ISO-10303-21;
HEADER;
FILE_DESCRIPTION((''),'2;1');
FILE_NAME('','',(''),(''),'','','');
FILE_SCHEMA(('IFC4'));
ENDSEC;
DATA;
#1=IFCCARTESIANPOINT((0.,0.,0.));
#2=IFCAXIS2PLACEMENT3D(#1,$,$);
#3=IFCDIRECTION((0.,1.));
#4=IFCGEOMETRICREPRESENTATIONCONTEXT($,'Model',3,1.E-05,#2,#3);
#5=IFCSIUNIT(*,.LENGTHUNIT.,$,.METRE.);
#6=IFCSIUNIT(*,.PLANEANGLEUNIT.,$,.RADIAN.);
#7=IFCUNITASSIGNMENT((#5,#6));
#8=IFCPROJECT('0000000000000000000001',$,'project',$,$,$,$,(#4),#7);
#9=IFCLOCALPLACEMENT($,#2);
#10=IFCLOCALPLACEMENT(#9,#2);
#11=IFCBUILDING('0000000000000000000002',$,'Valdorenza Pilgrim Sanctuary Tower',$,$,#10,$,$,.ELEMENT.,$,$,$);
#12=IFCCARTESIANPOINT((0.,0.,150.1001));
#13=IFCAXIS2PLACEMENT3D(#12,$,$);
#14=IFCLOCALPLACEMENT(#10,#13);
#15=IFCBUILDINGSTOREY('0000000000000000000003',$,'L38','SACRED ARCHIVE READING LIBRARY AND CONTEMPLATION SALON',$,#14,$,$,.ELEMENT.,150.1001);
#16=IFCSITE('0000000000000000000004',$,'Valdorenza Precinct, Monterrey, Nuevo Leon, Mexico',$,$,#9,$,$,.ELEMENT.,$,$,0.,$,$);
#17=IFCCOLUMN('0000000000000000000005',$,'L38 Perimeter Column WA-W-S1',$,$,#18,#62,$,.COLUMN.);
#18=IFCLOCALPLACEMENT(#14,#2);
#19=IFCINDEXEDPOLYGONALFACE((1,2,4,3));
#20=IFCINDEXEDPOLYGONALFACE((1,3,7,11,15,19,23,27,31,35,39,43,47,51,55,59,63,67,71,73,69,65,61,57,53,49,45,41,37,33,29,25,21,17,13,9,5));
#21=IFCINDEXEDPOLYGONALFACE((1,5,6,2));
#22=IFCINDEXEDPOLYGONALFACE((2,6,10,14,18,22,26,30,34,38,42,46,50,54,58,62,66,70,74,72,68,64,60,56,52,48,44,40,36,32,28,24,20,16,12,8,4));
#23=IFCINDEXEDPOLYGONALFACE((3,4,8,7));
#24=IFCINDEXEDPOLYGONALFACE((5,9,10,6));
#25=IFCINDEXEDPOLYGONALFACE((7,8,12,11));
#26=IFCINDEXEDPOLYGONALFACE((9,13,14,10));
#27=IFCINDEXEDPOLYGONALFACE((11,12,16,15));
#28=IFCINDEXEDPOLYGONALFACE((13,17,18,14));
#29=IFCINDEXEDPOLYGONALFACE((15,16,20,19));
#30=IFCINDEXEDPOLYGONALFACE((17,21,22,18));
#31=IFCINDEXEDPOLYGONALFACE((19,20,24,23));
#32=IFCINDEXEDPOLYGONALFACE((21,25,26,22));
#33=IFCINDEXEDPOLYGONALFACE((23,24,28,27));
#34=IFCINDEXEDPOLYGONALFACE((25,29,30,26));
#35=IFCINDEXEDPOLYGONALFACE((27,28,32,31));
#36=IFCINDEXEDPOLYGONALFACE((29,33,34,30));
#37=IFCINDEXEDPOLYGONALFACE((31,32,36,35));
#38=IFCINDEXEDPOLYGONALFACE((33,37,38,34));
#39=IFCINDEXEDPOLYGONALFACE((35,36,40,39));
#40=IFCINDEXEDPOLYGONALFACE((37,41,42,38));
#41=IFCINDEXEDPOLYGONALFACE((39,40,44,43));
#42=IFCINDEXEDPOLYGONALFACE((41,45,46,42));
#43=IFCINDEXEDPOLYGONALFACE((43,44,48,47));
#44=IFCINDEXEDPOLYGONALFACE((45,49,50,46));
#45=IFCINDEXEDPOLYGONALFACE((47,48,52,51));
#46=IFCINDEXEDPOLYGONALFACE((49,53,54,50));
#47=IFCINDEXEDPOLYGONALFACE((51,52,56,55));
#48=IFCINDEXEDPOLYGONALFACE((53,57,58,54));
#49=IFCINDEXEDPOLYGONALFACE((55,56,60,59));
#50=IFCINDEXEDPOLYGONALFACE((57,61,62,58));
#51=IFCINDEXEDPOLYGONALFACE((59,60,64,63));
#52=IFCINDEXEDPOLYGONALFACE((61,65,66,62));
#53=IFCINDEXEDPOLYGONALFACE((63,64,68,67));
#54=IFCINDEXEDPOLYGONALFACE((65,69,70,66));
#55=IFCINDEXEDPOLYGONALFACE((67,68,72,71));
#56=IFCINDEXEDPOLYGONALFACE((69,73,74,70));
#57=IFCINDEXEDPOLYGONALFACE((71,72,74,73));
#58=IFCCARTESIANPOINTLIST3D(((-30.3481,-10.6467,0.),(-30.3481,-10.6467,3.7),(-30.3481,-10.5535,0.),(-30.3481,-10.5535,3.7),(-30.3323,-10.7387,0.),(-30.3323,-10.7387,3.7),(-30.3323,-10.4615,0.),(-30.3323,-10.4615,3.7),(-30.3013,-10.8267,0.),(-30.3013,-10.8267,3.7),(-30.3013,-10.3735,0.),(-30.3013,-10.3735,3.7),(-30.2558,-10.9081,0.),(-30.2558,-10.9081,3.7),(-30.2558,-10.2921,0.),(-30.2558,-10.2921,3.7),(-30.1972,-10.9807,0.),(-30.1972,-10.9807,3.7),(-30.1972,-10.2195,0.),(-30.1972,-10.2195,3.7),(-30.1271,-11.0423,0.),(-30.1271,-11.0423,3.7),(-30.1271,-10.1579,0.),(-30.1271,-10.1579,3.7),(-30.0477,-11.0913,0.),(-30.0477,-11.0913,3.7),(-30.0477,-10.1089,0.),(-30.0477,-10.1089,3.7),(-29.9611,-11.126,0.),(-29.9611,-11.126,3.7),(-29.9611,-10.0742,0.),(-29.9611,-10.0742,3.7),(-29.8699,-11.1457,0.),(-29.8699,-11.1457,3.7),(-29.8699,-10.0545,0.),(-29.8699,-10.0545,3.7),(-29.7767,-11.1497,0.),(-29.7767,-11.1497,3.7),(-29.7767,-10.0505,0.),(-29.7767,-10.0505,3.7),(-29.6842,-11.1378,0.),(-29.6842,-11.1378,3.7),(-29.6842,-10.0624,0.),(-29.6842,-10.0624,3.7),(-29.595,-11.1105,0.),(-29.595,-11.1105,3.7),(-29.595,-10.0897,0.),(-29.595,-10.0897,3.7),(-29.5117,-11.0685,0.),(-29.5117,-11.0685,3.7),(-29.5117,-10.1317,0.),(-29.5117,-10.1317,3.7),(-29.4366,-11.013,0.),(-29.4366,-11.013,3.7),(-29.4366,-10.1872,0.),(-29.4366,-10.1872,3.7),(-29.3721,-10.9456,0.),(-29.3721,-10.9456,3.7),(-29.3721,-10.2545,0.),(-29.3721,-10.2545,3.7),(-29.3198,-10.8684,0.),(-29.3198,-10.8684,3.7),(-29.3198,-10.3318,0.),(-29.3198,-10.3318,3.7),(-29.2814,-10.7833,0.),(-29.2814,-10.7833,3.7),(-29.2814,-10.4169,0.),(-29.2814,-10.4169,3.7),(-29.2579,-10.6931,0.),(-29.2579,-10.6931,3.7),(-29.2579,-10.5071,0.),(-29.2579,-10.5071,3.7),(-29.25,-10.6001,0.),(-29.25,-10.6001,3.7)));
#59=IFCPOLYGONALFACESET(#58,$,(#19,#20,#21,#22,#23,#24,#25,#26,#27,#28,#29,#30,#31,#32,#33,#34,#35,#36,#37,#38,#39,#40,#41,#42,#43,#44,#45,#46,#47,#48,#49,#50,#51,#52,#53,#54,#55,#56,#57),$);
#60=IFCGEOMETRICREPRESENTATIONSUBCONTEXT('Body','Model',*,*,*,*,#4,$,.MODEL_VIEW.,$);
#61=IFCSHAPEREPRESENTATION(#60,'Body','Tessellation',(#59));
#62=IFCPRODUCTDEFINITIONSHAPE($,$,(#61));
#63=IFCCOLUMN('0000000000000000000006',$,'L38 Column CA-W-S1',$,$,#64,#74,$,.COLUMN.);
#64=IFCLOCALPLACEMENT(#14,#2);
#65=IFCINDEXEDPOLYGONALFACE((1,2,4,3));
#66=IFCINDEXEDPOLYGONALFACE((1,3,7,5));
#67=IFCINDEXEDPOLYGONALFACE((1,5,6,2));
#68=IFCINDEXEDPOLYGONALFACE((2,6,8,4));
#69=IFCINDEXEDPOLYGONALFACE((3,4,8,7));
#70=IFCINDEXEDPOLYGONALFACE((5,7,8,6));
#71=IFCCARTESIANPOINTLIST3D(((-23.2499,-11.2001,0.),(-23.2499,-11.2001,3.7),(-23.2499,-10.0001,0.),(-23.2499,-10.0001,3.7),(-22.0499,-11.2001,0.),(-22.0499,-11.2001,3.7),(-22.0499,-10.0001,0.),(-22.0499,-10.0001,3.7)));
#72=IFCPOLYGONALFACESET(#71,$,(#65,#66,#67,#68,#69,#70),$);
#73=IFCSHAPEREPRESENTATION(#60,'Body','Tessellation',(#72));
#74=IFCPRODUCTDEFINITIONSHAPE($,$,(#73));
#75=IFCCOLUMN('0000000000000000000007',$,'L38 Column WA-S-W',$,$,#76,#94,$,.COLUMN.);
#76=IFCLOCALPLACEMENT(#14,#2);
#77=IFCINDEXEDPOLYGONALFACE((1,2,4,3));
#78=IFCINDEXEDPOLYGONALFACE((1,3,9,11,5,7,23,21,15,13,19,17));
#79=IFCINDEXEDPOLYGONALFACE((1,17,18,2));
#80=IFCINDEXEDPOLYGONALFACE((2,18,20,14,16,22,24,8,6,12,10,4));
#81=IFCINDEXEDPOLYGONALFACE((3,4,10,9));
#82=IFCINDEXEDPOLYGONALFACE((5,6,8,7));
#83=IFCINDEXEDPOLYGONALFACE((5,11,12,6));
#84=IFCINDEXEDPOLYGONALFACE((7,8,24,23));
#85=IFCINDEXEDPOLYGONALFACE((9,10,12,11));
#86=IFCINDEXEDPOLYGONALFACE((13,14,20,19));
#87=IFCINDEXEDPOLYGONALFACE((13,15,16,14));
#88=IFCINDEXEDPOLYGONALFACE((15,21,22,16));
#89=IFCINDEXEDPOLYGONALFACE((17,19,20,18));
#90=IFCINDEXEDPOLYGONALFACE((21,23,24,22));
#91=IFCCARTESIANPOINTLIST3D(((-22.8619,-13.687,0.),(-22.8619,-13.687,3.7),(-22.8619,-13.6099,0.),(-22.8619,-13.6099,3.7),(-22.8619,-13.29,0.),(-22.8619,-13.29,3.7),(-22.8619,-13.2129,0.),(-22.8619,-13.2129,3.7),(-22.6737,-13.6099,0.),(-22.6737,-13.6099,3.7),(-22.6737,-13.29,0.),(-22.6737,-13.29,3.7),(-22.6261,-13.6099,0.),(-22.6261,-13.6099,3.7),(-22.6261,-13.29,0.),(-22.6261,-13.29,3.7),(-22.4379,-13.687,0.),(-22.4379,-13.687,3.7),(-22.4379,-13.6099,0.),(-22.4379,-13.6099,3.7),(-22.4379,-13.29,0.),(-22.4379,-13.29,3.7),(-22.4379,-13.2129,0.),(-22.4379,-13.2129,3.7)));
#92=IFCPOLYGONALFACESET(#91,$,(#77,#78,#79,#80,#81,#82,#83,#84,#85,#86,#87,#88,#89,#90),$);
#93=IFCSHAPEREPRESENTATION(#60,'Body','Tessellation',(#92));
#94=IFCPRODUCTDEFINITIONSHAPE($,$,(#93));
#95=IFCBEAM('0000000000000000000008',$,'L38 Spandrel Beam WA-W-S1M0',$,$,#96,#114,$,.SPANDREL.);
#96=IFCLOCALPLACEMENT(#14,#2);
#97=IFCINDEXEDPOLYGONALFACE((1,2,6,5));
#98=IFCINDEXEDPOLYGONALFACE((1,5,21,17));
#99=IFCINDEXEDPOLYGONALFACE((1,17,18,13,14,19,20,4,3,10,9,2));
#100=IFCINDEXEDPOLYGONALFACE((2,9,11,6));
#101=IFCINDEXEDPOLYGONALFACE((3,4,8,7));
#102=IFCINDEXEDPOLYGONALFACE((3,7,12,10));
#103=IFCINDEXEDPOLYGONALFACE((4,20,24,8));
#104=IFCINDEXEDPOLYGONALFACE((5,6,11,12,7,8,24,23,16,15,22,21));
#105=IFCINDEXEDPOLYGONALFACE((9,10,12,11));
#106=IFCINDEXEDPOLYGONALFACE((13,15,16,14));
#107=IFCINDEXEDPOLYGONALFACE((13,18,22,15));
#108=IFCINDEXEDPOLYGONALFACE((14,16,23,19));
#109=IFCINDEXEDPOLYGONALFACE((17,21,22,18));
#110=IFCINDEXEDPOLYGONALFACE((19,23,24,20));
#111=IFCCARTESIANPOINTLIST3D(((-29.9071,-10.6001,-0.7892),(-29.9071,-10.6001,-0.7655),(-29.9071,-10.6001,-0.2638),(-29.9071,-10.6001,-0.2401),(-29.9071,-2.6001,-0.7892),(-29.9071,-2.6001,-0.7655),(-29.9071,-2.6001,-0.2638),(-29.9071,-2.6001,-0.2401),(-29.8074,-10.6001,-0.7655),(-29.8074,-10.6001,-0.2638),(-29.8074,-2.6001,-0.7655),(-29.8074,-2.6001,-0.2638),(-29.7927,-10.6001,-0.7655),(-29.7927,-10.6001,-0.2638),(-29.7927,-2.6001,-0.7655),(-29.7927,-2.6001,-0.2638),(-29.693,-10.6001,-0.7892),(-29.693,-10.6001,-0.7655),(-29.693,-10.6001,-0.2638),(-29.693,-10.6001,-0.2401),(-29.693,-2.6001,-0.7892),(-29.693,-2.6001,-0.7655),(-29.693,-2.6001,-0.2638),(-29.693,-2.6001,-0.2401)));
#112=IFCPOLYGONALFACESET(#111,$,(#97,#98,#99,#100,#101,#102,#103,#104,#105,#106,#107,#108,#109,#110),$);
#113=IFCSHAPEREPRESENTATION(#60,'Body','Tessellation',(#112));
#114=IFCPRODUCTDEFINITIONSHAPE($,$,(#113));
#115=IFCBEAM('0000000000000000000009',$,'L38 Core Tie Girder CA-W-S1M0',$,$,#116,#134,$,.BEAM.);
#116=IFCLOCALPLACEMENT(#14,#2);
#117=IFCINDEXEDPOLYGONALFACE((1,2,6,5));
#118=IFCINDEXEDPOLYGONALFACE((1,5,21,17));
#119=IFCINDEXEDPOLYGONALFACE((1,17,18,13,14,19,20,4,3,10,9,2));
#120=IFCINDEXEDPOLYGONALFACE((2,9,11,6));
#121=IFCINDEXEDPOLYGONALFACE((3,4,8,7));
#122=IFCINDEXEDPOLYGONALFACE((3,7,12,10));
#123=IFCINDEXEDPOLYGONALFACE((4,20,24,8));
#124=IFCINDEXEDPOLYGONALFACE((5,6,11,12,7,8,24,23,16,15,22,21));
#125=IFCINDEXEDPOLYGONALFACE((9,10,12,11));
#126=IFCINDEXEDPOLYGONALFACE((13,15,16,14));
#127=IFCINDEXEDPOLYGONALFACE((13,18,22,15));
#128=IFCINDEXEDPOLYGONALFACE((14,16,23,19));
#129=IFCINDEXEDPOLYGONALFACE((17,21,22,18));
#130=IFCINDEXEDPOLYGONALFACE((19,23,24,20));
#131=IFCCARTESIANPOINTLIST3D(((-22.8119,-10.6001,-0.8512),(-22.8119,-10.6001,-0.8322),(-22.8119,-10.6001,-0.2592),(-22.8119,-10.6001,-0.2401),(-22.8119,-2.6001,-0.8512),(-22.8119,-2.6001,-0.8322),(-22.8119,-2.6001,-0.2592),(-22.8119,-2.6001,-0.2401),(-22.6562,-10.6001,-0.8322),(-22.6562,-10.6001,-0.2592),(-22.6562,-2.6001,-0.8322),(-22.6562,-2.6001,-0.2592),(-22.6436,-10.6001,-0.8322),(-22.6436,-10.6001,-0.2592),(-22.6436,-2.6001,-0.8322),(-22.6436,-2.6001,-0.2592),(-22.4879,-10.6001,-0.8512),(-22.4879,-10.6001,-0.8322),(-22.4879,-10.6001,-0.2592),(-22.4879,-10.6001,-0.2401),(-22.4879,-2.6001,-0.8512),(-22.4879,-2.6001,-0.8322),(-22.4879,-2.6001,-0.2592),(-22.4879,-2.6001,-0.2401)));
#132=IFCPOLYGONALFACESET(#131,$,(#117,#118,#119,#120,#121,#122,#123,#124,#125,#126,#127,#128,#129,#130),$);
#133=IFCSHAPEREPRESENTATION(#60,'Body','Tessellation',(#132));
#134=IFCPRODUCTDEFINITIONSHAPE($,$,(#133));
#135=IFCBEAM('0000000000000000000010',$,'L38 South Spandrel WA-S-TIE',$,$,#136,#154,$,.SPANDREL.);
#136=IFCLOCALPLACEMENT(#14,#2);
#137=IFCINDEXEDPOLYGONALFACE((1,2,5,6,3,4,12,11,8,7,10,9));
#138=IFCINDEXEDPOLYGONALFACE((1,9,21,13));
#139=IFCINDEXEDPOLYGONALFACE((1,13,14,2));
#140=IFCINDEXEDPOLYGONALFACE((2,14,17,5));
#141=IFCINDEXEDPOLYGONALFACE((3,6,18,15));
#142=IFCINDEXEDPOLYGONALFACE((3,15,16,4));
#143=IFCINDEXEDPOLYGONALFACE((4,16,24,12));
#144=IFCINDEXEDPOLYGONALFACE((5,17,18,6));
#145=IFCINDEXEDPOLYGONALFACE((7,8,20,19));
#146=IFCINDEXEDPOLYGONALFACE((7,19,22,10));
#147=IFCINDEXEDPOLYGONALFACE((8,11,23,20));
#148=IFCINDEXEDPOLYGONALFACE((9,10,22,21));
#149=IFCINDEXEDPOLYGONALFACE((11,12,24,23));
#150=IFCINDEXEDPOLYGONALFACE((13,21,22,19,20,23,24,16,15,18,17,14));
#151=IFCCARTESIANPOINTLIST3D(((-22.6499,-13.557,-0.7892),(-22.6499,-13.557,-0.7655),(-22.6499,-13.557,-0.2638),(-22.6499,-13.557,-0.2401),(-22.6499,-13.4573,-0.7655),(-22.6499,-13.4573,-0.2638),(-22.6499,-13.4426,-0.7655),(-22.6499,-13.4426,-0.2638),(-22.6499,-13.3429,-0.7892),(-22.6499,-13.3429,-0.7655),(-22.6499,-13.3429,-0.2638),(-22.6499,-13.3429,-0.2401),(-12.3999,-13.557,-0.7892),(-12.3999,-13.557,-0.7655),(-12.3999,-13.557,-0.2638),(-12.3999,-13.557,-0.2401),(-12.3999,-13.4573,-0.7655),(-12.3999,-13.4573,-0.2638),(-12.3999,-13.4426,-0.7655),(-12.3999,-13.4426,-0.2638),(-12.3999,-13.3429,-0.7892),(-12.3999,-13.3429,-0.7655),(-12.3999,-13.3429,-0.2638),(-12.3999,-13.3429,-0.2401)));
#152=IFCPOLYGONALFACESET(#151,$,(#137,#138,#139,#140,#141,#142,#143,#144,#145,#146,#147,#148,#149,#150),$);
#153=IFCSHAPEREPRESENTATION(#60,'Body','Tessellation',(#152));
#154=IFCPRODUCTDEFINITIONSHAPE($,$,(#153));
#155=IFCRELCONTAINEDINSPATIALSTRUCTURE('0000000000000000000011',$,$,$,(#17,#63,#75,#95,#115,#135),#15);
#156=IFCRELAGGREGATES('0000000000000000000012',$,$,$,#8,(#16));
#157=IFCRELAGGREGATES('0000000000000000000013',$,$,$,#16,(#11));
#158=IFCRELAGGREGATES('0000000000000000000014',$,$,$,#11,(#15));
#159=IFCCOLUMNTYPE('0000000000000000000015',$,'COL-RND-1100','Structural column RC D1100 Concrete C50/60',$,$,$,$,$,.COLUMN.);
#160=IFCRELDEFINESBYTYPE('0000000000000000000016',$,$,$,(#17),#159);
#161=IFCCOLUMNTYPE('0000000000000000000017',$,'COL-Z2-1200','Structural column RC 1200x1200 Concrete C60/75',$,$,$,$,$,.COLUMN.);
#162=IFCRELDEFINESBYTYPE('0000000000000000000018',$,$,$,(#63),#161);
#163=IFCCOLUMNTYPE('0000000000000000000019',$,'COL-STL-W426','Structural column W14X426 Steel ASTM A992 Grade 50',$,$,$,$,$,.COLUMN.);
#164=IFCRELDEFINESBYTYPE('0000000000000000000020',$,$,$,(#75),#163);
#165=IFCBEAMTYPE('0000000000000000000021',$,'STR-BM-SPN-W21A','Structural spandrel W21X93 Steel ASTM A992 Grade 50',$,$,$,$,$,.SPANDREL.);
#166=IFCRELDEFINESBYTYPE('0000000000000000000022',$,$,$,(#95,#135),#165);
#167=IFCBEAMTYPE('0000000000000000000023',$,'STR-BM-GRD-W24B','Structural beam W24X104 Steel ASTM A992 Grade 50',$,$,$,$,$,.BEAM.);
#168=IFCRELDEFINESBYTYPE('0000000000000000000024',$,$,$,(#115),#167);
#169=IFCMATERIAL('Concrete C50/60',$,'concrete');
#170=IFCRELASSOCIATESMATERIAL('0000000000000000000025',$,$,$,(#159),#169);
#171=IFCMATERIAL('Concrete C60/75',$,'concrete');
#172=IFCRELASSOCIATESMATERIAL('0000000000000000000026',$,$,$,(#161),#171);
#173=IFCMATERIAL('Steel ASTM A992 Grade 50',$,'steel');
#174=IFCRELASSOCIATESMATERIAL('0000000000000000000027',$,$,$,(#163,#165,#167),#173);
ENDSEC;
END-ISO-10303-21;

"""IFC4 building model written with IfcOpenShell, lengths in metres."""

from ifc_helpers import new_model, si_unit, direction, frame, origin, origin_2d, place, context, subcontext, project, spatial, rectangle, circle, i_section, extrude, source, transform, mapped, material, material_profile, profile_set, type_object, element, save


model = new_model("IFC4")

# Units and contexts
model_context = context("Model", 3, precision=1e-05, world=origin(), true_north=direction((0.0, 1.0)))
body_context = subcontext(model_context, "Body", "Model", "MODEL_VIEW")
ifc_project = project(units=[si_unit("LENGTHUNIT", "METRE"), si_unit("PLANEANGLEUNIT", "RADIAN")], contexts=[model_context])

# Site, building, storey
site_placement = place(None, origin())
site = spatial("IfcSite", under=ifc_project, at=site_placement, Name="Valdorenza Precinct, Monterrey, Nuevo Leon, Mexico", CompositionType="ELEMENT", RefElevation=0.0)
building_placement = place(site_placement, origin())
building = spatial("IfcBuilding", under=site, at=building_placement, Name="Valdorenza Pilgrim Sanctuary Tower", CompositionType="ELEMENT")
storey_placement = place(building_placement, frame((0.0, 0.0, 150.1001)))
storey = spatial("IfcBuildingStorey", under=building, at=storey_placement, Name="L38", Description="SACRED ARCHIVE READING LIBRARY AND CONTEMPLATION SALON", CompositionType="ELEMENT", Elevation=150.1001)

# Columns
ifc_material_1 = material(Name="Concrete C50/60", Category="concrete")
ifc_material_profile_1 = material_profile(ifc_material_1, circle(Radius=0.55, at=origin_2d()), Name="RC D1100")
ifc_profile_set_1 = profile_set([ifc_material_profile_1], Name="Concrete C50/60")
column_type_1 = type_object("IfcColumnType", Name="COL-RND-1100", Description="Structural column RC D1100 Concrete C50/60", PredefinedType="COLUMN", material=ifc_profile_set_1)
shared_shape_1 = source(origin(), body_context, "Body", "SweptSolid", [
    extrude(circle(Radius=0.55, at=origin_2d()), origin(), (0.0, 0.0, 1.0), 3.7),
])
column_1_placement = place(storey_placement, frame((-29.8, -10.6001, 0.0), z_axis=(0.0, 0.0, 1.0), x_axis=(1.0, 0.0, 0.0)))
element("IfcColumn", 1, at=column_1_placement, inside=storey, type_object=column_type_1, Name="L38 Perimeter Column WA-W-S1", PredefinedType="COLUMN", context=body_context, shape_type="MappedRepresentation", body=[
    mapped(shared_shape_1, transform((0.0, 0.0, 0.0), x_axis=(1.0, 0.0, 0.0), y_axis=(0.0, 1.0, 0.0), z_axis=(0.0, 0.0, 1.0), scale=1.0)),
])
ifc_material_2 = material(Name="Concrete C60/75", Category="concrete")
ifc_material_profile_2 = material_profile(ifc_material_2, rectangle(XDim=1.2, YDim=1.2, at=origin_2d()), Name="RC 1200x1200")
ifc_profile_set_2 = profile_set([ifc_material_profile_2], Name="Concrete C60/75")
column_type_2 = type_object("IfcColumnType", Name="COL-Z2-1200", Description="Structural column RC 1200x1200 Concrete C60/75", PredefinedType="COLUMN", material=ifc_profile_set_2)
shared_shape_2 = source(origin(), body_context, "Body", "SweptSolid", [
    extrude(rectangle(XDim=1.2, YDim=1.2, at=origin_2d()), origin(), (0.0, 0.0, 1.0), 3.7),
])
column_2_placement = place(storey_placement, frame((-22.6499, -10.6001, 0.0), z_axis=(0.0, 0.0, 1.0), x_axis=(1.0, 0.0, 0.0)))
element("IfcColumn", 2, at=column_2_placement, inside=storey, type_object=column_type_2, Name="L38 Column CA-W-S1", PredefinedType="COLUMN", context=body_context, shape_type="MappedRepresentation", body=[
    mapped(shared_shape_2, transform((0.0, 0.0, 0.0), x_axis=(1.0, 0.0, 0.0), y_axis=(0.0, 1.0, 0.0), z_axis=(0.0, 0.0, 1.0), scale=1.0)),
])
ifc_material_3 = material(Name="Steel ASTM A992 Grade 50", Category="steel")
ifc_material_profile_3 = material_profile(ifc_material_3, i_section(OverallWidth=0.4241, OverallDepth=0.4741, WebThickness=0.0476, FlangeThickness=0.0771, at=origin_2d()), Name="W14X426")
ifc_profile_set_3 = profile_set([ifc_material_profile_3], Name="Steel ASTM A992 Grade 50")
column_type_3 = type_object("IfcColumnType", Name="COL-STL-W426", Description="Structural column W14X426 Steel ASTM A992 Grade 50", PredefinedType="COLUMN", material=ifc_profile_set_3)
shared_shape_3 = source(origin(), body_context, "Body", "SweptSolid", [
    extrude(i_section(OverallWidth=0.4241, OverallDepth=0.4741, WebThickness=0.0476, FlangeThickness=0.0771, at=origin_2d()), origin(), (0.0, 0.0, 1.0), 3.7),
])
column_3_placement = place(storey_placement, frame((-22.6499, -13.45, 0.0), z_axis=(0.0, 0.0, 1.0), x_axis=(1.0, 0.0, 0.0)))
element("IfcColumn", 3, at=column_3_placement, inside=storey, type_object=column_type_3, Name="L38 Column WA-S-W", PredefinedType="COLUMN", context=body_context, shape_type="MappedRepresentation", body=[
    mapped(shared_shape_3, transform((0.0, 0.0, 0.0), x_axis=(1.0, 0.0, 0.0), y_axis=(0.0, 1.0, 0.0), z_axis=(0.0, 0.0, 1.0), scale=1.0)),
])

# Beams
ifc_material_profile_4 = material_profile(ifc_material_3, i_section(OverallWidth=0.2141, OverallDepth=0.5491, WebThickness=0.0146, FlangeThickness=0.0237, at=origin_2d()), Name="W21X93")
ifc_profile_set_4 = profile_set([ifc_material_profile_4], Name="Steel ASTM A992 Grade 50")
beam_type_1 = type_object("IfcBeamType", Name="STR-BM-SPN-W21A", Description="Structural spandrel W21X93 Steel ASTM A992 Grade 50", PredefinedType="SPANDREL", material=ifc_profile_set_4)
shared_shape_4 = source(origin(), body_context, "Body", "SweptSolid", [
    extrude(i_section(OverallWidth=0.2141, OverallDepth=0.5491, WebThickness=0.0146, FlangeThickness=0.0237, at=origin_2d()), origin(), (0.0, 0.0, 1.0), 8.0),
])
beam_1_placement = place(storey_placement, frame((-29.8, -10.6001, -0.5146), z_axis=(0.0, 1.0, 0.0), x_axis=(-1.0, 0.0, 0.0)))
element("IfcBeam", 4, at=beam_1_placement, inside=storey, type_object=beam_type_1, Name="L38 Spandrel Beam WA-W-S1M0", PredefinedType="SPANDREL", context=body_context, shape_type="MappedRepresentation", body=[
    mapped(shared_shape_4, transform((0.0, 0.0, 0.0), x_axis=(1.0, 0.0, 0.0), y_axis=(0.0, 1.0, 0.0), z_axis=(0.0, 0.0, 1.0), scale=1.0)),
])
ifc_material_profile_5 = material_profile(ifc_material_3, i_section(OverallWidth=0.324, OverallDepth=0.6111, WebThickness=0.0127, FlangeThickness=0.019, at=origin_2d()), Name="W24X104")
ifc_profile_set_5 = profile_set([ifc_material_profile_5], Name="Steel ASTM A992 Grade 50")
beam_type_2 = type_object("IfcBeamType", Name="STR-BM-GRD-W24B", Description="Structural beam W24X104 Steel ASTM A992 Grade 50", PredefinedType="BEAM", material=ifc_profile_set_5)
shared_shape_5 = source(origin(), body_context, "Body", "SweptSolid", [
    extrude(i_section(OverallWidth=0.324, OverallDepth=0.6111, WebThickness=0.0127, FlangeThickness=0.019, at=origin_2d()), origin(), (0.0, 0.0, 1.0), 8.0),
])
beam_2_placement = place(storey_placement, frame((-22.6499, -10.6001, -0.5457), z_axis=(0.0, 1.0, 0.0), x_axis=(-1.0, 0.0, 0.0)))
element("IfcBeam", 5, at=beam_2_placement, inside=storey, type_object=beam_type_2, Name="L38 Core Tie Girder CA-W-S1M0", PredefinedType="BEAM", context=body_context, shape_type="MappedRepresentation", body=[
    mapped(shared_shape_5, transform((0.0, 0.0, 0.0), x_axis=(1.0, 0.0, 0.0), y_axis=(0.0, 1.0, 0.0), z_axis=(0.0, 0.0, 1.0), scale=1.0)),
])
shared_shape_6 = source(origin(), body_context, "Body", "SweptSolid", [
    extrude(i_section(OverallWidth=0.2141, OverallDepth=0.5491, WebThickness=0.0146, FlangeThickness=0.0237, at=origin_2d()), origin(), (0.0, 0.0, 1.0), 10.25),
])
beam_3_placement = place(storey_placement, frame((-22.6499, -13.45, -0.5146), z_axis=(1.0, 0.0, 0.0), x_axis=(0.0, 1.0, 0.0)))
element("IfcBeam", 6, at=beam_3_placement, inside=storey, type_object=beam_type_1, Name="L38 South Spandrel WA-S-TIE", PredefinedType="SPANDREL", context=body_context, shape_type="MappedRepresentation", body=[
    mapped(shared_shape_6, transform((0.0, 0.0, 0.0), x_axis=(1.0, 0.0, 0.0), y_axis=(0.0, 1.0, 0.0), z_axis=(0.0, 0.0, 1.0), scale=1.0)),
])

save(model, "model.ifc")
